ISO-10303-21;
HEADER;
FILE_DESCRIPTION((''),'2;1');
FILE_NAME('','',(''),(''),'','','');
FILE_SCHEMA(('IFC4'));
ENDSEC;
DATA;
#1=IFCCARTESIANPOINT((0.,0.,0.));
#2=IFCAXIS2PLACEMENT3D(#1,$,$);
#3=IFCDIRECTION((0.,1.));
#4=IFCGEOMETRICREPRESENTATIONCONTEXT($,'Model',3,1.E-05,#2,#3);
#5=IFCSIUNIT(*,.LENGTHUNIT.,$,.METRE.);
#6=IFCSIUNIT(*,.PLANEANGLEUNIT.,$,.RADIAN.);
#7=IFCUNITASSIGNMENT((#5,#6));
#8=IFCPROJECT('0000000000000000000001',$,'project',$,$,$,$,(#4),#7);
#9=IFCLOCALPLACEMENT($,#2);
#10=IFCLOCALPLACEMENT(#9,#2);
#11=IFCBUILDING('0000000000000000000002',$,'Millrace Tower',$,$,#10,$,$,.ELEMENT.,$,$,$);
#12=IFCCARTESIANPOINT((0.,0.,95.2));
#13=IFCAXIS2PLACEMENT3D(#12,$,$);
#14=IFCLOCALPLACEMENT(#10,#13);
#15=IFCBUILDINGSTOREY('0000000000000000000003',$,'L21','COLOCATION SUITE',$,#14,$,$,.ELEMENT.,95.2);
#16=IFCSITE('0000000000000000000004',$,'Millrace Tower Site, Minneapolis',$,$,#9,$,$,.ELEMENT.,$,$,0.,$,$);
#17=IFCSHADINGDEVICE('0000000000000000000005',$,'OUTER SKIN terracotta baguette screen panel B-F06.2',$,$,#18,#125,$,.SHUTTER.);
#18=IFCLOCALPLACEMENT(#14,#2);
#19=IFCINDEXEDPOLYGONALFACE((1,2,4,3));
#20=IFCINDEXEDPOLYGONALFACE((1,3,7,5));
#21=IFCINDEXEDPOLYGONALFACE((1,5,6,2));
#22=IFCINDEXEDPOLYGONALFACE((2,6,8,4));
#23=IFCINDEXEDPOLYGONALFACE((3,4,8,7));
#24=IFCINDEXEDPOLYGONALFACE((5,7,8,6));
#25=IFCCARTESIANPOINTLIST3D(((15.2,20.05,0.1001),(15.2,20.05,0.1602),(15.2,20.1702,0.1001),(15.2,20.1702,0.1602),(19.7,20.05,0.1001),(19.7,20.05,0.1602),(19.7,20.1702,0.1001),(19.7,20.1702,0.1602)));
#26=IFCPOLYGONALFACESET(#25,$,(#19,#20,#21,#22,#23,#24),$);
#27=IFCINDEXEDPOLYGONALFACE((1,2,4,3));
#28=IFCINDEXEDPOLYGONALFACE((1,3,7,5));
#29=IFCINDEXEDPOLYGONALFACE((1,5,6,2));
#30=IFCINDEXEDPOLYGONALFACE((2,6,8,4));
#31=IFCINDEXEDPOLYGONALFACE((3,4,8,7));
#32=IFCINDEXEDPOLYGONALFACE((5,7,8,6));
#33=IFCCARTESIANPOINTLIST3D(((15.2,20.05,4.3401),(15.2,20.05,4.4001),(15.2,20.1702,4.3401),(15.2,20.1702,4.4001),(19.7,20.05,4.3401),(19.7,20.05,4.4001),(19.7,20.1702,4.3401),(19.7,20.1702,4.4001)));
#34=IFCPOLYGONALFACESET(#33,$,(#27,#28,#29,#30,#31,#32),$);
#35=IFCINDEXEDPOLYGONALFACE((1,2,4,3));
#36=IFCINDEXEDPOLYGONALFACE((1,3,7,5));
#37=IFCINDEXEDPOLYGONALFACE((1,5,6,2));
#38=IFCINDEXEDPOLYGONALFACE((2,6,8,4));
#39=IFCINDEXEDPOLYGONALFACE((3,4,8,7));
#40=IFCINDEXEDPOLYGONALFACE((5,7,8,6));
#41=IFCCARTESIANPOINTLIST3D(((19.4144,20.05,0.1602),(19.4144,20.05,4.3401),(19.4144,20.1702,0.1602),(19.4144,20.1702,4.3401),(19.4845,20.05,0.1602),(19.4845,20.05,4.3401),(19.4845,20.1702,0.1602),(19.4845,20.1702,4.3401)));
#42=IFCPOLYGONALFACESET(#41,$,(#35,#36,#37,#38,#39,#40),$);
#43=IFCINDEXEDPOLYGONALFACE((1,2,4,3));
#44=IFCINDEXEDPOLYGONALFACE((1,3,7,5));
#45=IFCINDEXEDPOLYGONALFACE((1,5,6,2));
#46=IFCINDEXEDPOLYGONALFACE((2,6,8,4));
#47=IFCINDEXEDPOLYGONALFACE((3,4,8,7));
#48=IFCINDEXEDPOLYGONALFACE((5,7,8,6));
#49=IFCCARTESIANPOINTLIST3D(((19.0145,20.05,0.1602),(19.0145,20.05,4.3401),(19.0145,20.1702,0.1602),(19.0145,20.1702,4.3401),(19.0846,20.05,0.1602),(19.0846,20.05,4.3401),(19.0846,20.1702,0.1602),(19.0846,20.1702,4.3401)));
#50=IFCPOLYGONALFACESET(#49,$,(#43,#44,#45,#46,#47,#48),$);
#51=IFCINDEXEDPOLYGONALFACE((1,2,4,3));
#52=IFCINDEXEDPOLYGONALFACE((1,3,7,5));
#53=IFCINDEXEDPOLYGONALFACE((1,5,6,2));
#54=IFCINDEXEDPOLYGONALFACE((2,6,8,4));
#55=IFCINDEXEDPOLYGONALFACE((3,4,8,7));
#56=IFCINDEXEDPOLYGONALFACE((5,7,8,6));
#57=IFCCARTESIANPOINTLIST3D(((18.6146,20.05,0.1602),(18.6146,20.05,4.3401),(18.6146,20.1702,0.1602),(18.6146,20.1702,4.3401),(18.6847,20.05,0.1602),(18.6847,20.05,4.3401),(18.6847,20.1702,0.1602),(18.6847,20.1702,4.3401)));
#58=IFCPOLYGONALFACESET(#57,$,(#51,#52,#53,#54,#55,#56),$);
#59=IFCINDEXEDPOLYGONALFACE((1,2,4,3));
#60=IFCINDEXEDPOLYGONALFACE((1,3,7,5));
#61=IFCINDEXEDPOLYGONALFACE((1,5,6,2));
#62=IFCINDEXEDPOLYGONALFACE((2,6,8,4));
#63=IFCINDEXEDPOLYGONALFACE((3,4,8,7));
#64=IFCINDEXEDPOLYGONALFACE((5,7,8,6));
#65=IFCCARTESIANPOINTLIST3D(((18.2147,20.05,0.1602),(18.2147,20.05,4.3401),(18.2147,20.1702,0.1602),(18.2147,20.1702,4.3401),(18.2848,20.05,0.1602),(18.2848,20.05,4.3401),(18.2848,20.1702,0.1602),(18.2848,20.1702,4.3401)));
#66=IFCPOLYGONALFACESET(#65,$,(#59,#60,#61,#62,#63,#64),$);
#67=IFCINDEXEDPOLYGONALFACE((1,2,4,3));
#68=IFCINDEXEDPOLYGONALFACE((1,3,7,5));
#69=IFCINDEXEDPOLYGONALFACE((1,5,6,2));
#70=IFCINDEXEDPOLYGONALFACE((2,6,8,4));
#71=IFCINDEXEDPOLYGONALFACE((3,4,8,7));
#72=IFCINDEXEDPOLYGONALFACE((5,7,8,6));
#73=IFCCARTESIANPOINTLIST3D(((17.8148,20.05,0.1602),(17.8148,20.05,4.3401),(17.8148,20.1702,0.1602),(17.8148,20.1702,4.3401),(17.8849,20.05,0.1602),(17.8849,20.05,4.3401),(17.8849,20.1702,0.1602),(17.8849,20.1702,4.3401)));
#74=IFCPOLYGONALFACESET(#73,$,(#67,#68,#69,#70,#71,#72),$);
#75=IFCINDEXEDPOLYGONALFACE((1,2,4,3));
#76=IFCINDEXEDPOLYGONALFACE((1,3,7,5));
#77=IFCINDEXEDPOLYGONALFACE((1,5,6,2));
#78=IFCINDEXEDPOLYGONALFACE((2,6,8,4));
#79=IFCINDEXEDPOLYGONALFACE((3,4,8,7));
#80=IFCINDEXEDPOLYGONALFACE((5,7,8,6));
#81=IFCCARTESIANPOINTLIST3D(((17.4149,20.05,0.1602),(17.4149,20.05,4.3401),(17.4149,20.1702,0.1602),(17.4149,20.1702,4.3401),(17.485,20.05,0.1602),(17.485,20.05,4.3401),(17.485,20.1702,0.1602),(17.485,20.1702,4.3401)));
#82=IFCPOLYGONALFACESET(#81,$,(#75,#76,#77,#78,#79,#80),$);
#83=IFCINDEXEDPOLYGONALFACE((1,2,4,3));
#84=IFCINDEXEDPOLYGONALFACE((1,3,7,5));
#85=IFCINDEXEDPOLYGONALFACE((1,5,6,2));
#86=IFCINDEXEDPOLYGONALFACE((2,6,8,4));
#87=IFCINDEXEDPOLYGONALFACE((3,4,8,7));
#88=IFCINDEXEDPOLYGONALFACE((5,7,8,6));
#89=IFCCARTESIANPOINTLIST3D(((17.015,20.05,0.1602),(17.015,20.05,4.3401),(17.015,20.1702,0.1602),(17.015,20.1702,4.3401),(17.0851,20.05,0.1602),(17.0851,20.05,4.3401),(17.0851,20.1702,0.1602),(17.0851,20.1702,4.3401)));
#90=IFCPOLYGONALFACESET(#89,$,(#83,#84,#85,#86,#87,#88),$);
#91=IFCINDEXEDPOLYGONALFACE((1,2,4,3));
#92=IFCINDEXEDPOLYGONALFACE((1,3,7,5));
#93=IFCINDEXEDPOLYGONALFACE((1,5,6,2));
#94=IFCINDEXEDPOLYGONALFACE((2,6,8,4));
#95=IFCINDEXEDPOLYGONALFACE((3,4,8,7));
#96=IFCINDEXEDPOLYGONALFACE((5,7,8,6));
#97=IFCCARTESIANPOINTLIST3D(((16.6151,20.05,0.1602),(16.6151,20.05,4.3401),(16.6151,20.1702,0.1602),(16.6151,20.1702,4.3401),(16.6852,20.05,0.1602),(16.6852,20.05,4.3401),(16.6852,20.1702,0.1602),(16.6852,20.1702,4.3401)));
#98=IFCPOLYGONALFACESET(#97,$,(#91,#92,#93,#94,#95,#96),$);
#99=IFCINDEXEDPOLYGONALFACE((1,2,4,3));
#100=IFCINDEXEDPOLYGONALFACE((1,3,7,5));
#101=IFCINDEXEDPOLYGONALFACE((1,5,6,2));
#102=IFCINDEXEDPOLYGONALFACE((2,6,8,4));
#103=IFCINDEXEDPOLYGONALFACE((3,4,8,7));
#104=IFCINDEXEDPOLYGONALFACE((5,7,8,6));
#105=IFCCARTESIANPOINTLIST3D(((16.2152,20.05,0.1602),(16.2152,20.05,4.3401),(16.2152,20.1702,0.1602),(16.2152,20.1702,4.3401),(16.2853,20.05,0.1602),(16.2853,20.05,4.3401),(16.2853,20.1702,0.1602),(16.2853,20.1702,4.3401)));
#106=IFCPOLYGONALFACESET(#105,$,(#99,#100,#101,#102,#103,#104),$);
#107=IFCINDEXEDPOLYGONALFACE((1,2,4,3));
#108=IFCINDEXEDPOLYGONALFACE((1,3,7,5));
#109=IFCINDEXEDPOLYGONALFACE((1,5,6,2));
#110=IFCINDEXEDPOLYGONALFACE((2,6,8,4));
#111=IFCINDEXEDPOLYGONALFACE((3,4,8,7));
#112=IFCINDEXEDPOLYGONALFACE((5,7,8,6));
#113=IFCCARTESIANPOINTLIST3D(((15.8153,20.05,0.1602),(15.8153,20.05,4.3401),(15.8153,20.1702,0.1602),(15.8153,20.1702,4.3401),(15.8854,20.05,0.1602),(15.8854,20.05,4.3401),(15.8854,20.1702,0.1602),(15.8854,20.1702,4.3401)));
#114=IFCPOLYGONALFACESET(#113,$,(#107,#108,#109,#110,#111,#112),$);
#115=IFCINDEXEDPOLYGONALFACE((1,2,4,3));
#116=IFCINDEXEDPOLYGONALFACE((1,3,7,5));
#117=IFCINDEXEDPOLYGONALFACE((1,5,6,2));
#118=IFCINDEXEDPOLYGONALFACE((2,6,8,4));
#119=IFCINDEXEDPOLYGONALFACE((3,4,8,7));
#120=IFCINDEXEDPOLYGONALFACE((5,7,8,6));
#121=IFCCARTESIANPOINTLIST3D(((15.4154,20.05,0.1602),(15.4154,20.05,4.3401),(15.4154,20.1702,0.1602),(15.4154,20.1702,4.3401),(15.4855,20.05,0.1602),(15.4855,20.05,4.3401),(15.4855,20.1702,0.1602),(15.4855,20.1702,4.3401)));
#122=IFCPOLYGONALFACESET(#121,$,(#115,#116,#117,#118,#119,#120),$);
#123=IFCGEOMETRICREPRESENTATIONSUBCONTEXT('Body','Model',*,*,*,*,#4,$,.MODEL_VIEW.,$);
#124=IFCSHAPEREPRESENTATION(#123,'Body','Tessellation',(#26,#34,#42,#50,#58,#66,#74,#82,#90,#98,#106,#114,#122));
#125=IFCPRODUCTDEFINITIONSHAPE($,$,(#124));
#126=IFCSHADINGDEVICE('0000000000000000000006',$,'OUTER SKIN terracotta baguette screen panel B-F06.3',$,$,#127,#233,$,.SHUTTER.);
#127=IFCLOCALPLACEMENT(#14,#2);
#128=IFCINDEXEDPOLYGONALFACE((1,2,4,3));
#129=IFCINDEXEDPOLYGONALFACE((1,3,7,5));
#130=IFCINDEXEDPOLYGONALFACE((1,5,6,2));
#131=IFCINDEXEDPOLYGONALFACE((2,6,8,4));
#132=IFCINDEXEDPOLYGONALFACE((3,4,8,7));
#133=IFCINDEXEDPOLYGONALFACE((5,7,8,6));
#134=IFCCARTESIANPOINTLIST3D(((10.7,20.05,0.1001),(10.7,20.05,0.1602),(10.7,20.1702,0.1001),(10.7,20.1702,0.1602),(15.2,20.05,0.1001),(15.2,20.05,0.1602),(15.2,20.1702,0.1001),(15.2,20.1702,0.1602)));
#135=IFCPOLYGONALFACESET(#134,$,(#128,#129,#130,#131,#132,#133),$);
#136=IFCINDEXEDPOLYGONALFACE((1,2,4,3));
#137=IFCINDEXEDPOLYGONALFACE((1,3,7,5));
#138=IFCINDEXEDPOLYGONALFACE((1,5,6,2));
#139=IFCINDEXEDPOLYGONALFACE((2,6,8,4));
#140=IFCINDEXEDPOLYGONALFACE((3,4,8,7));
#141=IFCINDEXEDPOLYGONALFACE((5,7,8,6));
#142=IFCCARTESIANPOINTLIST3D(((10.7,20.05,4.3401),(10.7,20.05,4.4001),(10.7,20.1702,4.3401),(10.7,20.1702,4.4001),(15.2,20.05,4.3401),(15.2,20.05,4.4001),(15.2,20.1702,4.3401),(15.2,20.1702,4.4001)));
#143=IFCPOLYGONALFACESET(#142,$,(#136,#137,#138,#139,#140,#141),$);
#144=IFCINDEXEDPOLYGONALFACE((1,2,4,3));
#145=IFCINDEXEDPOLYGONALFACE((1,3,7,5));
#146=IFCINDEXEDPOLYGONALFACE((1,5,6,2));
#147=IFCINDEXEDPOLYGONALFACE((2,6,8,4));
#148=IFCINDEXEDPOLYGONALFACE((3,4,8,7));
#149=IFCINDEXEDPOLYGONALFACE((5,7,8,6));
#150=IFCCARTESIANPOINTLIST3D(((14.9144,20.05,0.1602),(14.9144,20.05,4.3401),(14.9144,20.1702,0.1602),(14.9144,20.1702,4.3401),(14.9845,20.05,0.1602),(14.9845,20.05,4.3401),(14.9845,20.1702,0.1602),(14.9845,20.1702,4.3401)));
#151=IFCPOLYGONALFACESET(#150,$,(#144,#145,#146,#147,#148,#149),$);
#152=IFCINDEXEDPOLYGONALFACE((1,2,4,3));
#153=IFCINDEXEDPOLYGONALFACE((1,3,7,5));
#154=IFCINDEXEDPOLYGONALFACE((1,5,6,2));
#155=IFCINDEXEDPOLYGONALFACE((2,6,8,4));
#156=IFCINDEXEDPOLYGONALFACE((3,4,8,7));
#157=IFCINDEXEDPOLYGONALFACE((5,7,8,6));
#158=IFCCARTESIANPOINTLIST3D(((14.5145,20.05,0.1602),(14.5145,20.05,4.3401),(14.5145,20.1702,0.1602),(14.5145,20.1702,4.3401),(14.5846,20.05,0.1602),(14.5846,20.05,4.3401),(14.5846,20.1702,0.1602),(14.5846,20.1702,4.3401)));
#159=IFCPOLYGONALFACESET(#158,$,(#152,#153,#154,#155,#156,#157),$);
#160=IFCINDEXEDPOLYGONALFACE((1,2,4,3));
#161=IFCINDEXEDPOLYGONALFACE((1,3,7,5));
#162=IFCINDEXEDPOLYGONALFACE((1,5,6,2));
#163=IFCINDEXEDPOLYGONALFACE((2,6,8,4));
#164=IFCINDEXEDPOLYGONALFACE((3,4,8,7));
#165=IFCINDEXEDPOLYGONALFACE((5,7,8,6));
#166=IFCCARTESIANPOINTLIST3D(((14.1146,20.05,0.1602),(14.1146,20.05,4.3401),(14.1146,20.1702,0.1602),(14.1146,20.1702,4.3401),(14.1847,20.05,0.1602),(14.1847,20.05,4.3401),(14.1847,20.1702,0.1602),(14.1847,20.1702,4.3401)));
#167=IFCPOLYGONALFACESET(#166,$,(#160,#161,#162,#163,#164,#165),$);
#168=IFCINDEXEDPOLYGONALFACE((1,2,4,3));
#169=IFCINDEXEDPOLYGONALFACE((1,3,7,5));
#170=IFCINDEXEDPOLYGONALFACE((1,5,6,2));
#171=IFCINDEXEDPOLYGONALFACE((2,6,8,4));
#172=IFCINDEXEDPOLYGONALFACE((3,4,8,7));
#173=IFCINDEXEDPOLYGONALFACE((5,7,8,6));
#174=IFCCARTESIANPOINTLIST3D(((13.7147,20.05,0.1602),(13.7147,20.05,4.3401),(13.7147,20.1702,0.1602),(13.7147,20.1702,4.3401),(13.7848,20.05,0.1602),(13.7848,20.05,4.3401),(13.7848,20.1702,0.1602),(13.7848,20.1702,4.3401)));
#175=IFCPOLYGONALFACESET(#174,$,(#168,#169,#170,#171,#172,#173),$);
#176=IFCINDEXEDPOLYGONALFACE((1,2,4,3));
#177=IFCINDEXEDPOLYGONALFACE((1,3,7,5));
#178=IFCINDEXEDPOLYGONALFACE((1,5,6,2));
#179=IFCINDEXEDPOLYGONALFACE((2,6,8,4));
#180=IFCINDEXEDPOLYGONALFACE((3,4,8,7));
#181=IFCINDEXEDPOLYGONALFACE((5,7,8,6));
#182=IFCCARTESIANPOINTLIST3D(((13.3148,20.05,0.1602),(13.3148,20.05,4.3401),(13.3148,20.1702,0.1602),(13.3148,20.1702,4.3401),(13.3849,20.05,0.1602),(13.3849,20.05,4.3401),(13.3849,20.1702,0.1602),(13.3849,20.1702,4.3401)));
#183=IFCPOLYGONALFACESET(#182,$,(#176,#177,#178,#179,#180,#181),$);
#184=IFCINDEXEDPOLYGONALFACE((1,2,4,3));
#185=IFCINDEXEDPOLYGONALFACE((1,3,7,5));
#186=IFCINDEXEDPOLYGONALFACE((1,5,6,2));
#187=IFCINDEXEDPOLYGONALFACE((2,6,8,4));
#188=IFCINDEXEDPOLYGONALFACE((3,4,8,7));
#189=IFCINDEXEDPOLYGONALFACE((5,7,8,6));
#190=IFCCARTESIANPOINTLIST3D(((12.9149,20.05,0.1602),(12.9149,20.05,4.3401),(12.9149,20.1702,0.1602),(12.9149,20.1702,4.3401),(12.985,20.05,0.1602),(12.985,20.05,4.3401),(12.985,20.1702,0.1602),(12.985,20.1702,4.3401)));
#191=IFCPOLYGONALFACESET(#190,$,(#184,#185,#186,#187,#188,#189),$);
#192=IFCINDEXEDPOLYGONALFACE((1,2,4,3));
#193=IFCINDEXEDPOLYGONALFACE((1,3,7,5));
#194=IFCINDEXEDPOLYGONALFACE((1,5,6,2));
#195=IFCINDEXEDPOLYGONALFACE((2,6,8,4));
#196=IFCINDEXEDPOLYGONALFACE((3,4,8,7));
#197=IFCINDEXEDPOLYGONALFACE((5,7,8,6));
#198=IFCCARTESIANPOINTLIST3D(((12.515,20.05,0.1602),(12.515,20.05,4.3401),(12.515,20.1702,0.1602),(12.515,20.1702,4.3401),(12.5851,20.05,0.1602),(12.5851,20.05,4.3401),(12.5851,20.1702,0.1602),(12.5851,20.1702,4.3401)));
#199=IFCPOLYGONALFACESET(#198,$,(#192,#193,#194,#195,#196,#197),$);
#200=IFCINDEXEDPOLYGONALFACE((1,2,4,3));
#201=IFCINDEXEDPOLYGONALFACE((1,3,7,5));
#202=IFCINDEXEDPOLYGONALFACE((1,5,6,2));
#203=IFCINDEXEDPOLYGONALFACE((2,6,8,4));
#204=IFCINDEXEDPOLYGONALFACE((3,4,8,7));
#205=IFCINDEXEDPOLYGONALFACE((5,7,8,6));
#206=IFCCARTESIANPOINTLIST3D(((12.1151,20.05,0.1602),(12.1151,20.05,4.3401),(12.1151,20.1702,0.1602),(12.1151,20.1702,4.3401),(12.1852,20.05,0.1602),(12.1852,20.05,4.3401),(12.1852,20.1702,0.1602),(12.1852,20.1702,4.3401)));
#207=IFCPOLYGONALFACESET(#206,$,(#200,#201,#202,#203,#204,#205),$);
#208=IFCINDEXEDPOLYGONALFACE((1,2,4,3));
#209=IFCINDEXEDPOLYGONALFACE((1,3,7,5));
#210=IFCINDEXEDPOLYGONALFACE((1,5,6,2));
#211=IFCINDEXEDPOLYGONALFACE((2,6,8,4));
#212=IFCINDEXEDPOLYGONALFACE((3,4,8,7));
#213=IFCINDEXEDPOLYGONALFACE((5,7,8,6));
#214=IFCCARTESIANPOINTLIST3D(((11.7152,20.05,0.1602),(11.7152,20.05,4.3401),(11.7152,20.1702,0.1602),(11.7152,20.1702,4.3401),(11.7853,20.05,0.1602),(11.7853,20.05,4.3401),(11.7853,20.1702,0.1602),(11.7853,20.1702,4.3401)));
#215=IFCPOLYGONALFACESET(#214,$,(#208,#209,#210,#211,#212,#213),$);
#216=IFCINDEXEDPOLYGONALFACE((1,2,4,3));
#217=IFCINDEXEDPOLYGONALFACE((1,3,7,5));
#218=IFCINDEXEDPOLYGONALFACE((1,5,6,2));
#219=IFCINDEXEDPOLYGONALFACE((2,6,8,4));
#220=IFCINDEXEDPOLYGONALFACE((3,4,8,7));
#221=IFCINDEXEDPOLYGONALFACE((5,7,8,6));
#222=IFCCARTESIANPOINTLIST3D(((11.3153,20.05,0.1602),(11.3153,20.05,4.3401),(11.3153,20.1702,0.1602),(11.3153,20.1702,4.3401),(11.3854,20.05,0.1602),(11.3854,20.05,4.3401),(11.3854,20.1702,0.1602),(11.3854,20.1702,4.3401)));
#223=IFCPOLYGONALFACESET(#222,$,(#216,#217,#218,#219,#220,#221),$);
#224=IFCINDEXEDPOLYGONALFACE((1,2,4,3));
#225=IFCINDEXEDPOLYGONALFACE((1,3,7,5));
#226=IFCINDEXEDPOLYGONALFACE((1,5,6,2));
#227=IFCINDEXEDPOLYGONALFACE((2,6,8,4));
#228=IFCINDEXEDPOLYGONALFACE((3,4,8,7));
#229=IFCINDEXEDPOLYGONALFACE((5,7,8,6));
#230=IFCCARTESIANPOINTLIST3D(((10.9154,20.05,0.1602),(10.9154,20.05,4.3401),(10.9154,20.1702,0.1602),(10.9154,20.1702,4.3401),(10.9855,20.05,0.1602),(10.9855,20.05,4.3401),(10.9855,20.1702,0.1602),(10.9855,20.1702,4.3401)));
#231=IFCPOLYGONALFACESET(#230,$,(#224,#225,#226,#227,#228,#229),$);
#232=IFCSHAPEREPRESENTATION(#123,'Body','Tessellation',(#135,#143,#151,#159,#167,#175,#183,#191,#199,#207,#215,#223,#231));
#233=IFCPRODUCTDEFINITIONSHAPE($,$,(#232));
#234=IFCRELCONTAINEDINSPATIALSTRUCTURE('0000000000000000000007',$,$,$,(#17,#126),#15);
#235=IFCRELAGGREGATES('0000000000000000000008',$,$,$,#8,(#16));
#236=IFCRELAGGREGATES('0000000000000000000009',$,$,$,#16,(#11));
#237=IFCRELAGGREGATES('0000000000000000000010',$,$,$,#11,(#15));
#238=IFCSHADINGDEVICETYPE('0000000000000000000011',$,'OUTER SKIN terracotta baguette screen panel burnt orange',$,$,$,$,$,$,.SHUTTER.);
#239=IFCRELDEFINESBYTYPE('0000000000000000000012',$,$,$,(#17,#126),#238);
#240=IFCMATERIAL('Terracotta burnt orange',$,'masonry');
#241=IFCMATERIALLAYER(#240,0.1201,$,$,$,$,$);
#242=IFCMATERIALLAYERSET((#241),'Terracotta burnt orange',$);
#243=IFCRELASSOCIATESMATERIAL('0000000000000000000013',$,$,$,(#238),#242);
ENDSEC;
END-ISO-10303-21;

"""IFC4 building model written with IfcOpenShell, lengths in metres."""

from ifc_helpers import new_model, entity, si_unit, direction, frame, frame_2d, origin, origin_2d, place, context, subcontext, project, spatial, rectangle, extrude, source, transform, mapped, material, layer, layer_set, type_object, element, save


model = new_model("IFC4")

# Units and contexts
model_context = context("Model", 3, precision=1e-05, world=origin(), true_north=direction((0.0, 1.0)))
body_context = subcontext(model_context, "Body", "Model", "MODEL_VIEW")
ifc_project = project(units=[si_unit("LENGTHUNIT", "METRE"), si_unit("PLANEANGLEUNIT", "RADIAN")], contexts=[model_context])

# Site, building, storey
site_placement = place(None, origin())
site = spatial("IfcSite", under=ifc_project, at=site_placement, Name="Millrace Tower Site, Minneapolis", CompositionType="ELEMENT", RefElevation=0.0)
building_placement = place(site_placement, origin())
building = spatial("IfcBuilding", under=site, at=building_placement, Name="Millrace Tower", CompositionType="ELEMENT")
storey_placement = place(building_placement, frame((0.0, 0.0, 95.2)))
storey = spatial("IfcBuildingStorey", under=building, at=storey_placement, Name="L21", Description="COLOCATION SUITE", CompositionType="ELEMENT", Elevation=95.2)

# Shading devices
ifc_material_1 = material(Name="Terracotta burnt orange", Category="masonry")
ifc_layer_1 = layer(ifc_material_1, 0.1201)
ifc_layer_set_1 = layer_set([ifc_layer_1], Name="Terracotta burnt orange")
shading_device_type = type_object("IfcShadingDeviceType", Name="OUTER SKIN terracotta baguette screen panel burnt orange", PredefinedType="SHUTTER", material=ifc_layer_set_1)
cartesian_point_1 = entity("IfcCartesianPoint", [-2.25, 0.0601])
shared_polyline_1 = entity("IfcPolyline", [cartesian_point_1, entity("IfcCartesianPoint", [2.25, 0.0601]), entity("IfcCartesianPoint", [2.25, -0.0601]), entity("IfcCartesianPoint", [-2.25, -0.0601]), cartesian_point_1])
shared_shape_1 = source(origin(), body_context, "Body", "SweptSolid", [
    entity("IfcExtrudedAreaSolid", entity("IfcArbitraryClosedProfileDef", "AREA", None, shared_polyline_1), entity("IfcAxis2Placement3D", entity("IfcCartesianPoint", [0.0, 0.0, 0.0])), entity("IfcDirection", [0.0, 0.0, 1.0]), 0.0601),
    entity("IfcExtrudedAreaSolid", entity("IfcArbitraryClosedProfileDef", "AREA", None, shared_polyline_1), entity("IfcAxis2Placement3D", entity("IfcCartesianPoint", [0.0, 0.0, 4.24])), entity("IfcDirection", [0.0, 0.0, 1.0]), 0.0601),
    extrude(rectangle(XDim=0.0701, YDim=0.1201, at=frame_2d((-1.9995, 0.0))), frame((0.0, 0.0, 0.0601)), (0.0, 0.0, 1.0), 4.1799),
    extrude(rectangle(XDim=0.0701, YDim=0.1201, at=frame_2d((-1.5996, 0.0))), frame((0.0, 0.0, 0.0601)), (0.0, 0.0, 1.0), 4.1799),
    extrude(rectangle(XDim=0.0701, YDim=0.1201, at=frame_2d((-1.1997, 0.0))), frame((0.0, 0.0, 0.0601)), (0.0, 0.0, 1.0), 4.1799),
    extrude(rectangle(XDim=0.0701, YDim=0.1201, at=frame_2d((-0.7998, 0.0))), frame((0.0, 0.0, 0.0601)), (0.0, 0.0, 1.0), 4.1799),
    extrude(rectangle(XDim=0.0701, YDim=0.1201, at=frame_2d((-0.3999, 0.0))), frame((0.0, 0.0, 0.0601)), (0.0, 0.0, 1.0), 4.1799),
    extrude(rectangle(XDim=0.0701, YDim=0.1201, at=origin_2d()), frame((0.0, 0.0, 0.0601)), (0.0, 0.0, 1.0), 4.1799),
    extrude(rectangle(XDim=0.0701, YDim=0.1201, at=frame_2d((0.3999, 0.0))), frame((0.0, 0.0, 0.0601)), (0.0, 0.0, 1.0), 4.1799),
    extrude(rectangle(XDim=0.0701, YDim=0.1201, at=frame_2d((0.7998, 0.0))), frame((0.0, 0.0, 0.0601)), (0.0, 0.0, 1.0), 4.1799),
    extrude(rectangle(XDim=0.0701, YDim=0.1201, at=frame_2d((1.1997, 0.0))), frame((0.0, 0.0, 0.0601)), (0.0, 0.0, 1.0), 4.1799),
    extrude(rectangle(XDim=0.0701, YDim=0.1201, at=frame_2d((1.5996, 0.0))), frame((0.0, 0.0, 0.0601)), (0.0, 0.0, 1.0), 4.1799),
    extrude(rectangle(XDim=0.0701, YDim=0.1201, at=frame_2d((1.9995, 0.0))), frame((0.0, 0.0, 0.0601)), (0.0, 0.0, 1.0), 4.1799),
])
for number, where, z_axis, x_axis, name in (
    (1, (17.45, 20.1101, 0.1001), (0.0, 0.0, 1.0), (-1.0, 0.0, 0.0), "OUTER SKIN terracotta baguette screen panel B-F06.2"),
    (2, (12.95, 20.1101, 0.1001), (0.0, 0.0, 1.0), (-1.0, 0.0, 0.0), "OUTER SKIN terracotta baguette screen panel B-F06.3"),
):
    element("IfcShadingDevice", number, at=place(storey_placement, frame(where, z_axis=z_axis, x_axis=x_axis)), inside=storey, type_object=shading_device_type, Name=name, PredefinedType="SHUTTER", context=body_context, shape_type="MappedRepresentation", body=[
        mapped(shared_shape_1, transform((0.0, 0.0, 0.0), scale=1.0)),
    ])

save(model, "model.ifc")
